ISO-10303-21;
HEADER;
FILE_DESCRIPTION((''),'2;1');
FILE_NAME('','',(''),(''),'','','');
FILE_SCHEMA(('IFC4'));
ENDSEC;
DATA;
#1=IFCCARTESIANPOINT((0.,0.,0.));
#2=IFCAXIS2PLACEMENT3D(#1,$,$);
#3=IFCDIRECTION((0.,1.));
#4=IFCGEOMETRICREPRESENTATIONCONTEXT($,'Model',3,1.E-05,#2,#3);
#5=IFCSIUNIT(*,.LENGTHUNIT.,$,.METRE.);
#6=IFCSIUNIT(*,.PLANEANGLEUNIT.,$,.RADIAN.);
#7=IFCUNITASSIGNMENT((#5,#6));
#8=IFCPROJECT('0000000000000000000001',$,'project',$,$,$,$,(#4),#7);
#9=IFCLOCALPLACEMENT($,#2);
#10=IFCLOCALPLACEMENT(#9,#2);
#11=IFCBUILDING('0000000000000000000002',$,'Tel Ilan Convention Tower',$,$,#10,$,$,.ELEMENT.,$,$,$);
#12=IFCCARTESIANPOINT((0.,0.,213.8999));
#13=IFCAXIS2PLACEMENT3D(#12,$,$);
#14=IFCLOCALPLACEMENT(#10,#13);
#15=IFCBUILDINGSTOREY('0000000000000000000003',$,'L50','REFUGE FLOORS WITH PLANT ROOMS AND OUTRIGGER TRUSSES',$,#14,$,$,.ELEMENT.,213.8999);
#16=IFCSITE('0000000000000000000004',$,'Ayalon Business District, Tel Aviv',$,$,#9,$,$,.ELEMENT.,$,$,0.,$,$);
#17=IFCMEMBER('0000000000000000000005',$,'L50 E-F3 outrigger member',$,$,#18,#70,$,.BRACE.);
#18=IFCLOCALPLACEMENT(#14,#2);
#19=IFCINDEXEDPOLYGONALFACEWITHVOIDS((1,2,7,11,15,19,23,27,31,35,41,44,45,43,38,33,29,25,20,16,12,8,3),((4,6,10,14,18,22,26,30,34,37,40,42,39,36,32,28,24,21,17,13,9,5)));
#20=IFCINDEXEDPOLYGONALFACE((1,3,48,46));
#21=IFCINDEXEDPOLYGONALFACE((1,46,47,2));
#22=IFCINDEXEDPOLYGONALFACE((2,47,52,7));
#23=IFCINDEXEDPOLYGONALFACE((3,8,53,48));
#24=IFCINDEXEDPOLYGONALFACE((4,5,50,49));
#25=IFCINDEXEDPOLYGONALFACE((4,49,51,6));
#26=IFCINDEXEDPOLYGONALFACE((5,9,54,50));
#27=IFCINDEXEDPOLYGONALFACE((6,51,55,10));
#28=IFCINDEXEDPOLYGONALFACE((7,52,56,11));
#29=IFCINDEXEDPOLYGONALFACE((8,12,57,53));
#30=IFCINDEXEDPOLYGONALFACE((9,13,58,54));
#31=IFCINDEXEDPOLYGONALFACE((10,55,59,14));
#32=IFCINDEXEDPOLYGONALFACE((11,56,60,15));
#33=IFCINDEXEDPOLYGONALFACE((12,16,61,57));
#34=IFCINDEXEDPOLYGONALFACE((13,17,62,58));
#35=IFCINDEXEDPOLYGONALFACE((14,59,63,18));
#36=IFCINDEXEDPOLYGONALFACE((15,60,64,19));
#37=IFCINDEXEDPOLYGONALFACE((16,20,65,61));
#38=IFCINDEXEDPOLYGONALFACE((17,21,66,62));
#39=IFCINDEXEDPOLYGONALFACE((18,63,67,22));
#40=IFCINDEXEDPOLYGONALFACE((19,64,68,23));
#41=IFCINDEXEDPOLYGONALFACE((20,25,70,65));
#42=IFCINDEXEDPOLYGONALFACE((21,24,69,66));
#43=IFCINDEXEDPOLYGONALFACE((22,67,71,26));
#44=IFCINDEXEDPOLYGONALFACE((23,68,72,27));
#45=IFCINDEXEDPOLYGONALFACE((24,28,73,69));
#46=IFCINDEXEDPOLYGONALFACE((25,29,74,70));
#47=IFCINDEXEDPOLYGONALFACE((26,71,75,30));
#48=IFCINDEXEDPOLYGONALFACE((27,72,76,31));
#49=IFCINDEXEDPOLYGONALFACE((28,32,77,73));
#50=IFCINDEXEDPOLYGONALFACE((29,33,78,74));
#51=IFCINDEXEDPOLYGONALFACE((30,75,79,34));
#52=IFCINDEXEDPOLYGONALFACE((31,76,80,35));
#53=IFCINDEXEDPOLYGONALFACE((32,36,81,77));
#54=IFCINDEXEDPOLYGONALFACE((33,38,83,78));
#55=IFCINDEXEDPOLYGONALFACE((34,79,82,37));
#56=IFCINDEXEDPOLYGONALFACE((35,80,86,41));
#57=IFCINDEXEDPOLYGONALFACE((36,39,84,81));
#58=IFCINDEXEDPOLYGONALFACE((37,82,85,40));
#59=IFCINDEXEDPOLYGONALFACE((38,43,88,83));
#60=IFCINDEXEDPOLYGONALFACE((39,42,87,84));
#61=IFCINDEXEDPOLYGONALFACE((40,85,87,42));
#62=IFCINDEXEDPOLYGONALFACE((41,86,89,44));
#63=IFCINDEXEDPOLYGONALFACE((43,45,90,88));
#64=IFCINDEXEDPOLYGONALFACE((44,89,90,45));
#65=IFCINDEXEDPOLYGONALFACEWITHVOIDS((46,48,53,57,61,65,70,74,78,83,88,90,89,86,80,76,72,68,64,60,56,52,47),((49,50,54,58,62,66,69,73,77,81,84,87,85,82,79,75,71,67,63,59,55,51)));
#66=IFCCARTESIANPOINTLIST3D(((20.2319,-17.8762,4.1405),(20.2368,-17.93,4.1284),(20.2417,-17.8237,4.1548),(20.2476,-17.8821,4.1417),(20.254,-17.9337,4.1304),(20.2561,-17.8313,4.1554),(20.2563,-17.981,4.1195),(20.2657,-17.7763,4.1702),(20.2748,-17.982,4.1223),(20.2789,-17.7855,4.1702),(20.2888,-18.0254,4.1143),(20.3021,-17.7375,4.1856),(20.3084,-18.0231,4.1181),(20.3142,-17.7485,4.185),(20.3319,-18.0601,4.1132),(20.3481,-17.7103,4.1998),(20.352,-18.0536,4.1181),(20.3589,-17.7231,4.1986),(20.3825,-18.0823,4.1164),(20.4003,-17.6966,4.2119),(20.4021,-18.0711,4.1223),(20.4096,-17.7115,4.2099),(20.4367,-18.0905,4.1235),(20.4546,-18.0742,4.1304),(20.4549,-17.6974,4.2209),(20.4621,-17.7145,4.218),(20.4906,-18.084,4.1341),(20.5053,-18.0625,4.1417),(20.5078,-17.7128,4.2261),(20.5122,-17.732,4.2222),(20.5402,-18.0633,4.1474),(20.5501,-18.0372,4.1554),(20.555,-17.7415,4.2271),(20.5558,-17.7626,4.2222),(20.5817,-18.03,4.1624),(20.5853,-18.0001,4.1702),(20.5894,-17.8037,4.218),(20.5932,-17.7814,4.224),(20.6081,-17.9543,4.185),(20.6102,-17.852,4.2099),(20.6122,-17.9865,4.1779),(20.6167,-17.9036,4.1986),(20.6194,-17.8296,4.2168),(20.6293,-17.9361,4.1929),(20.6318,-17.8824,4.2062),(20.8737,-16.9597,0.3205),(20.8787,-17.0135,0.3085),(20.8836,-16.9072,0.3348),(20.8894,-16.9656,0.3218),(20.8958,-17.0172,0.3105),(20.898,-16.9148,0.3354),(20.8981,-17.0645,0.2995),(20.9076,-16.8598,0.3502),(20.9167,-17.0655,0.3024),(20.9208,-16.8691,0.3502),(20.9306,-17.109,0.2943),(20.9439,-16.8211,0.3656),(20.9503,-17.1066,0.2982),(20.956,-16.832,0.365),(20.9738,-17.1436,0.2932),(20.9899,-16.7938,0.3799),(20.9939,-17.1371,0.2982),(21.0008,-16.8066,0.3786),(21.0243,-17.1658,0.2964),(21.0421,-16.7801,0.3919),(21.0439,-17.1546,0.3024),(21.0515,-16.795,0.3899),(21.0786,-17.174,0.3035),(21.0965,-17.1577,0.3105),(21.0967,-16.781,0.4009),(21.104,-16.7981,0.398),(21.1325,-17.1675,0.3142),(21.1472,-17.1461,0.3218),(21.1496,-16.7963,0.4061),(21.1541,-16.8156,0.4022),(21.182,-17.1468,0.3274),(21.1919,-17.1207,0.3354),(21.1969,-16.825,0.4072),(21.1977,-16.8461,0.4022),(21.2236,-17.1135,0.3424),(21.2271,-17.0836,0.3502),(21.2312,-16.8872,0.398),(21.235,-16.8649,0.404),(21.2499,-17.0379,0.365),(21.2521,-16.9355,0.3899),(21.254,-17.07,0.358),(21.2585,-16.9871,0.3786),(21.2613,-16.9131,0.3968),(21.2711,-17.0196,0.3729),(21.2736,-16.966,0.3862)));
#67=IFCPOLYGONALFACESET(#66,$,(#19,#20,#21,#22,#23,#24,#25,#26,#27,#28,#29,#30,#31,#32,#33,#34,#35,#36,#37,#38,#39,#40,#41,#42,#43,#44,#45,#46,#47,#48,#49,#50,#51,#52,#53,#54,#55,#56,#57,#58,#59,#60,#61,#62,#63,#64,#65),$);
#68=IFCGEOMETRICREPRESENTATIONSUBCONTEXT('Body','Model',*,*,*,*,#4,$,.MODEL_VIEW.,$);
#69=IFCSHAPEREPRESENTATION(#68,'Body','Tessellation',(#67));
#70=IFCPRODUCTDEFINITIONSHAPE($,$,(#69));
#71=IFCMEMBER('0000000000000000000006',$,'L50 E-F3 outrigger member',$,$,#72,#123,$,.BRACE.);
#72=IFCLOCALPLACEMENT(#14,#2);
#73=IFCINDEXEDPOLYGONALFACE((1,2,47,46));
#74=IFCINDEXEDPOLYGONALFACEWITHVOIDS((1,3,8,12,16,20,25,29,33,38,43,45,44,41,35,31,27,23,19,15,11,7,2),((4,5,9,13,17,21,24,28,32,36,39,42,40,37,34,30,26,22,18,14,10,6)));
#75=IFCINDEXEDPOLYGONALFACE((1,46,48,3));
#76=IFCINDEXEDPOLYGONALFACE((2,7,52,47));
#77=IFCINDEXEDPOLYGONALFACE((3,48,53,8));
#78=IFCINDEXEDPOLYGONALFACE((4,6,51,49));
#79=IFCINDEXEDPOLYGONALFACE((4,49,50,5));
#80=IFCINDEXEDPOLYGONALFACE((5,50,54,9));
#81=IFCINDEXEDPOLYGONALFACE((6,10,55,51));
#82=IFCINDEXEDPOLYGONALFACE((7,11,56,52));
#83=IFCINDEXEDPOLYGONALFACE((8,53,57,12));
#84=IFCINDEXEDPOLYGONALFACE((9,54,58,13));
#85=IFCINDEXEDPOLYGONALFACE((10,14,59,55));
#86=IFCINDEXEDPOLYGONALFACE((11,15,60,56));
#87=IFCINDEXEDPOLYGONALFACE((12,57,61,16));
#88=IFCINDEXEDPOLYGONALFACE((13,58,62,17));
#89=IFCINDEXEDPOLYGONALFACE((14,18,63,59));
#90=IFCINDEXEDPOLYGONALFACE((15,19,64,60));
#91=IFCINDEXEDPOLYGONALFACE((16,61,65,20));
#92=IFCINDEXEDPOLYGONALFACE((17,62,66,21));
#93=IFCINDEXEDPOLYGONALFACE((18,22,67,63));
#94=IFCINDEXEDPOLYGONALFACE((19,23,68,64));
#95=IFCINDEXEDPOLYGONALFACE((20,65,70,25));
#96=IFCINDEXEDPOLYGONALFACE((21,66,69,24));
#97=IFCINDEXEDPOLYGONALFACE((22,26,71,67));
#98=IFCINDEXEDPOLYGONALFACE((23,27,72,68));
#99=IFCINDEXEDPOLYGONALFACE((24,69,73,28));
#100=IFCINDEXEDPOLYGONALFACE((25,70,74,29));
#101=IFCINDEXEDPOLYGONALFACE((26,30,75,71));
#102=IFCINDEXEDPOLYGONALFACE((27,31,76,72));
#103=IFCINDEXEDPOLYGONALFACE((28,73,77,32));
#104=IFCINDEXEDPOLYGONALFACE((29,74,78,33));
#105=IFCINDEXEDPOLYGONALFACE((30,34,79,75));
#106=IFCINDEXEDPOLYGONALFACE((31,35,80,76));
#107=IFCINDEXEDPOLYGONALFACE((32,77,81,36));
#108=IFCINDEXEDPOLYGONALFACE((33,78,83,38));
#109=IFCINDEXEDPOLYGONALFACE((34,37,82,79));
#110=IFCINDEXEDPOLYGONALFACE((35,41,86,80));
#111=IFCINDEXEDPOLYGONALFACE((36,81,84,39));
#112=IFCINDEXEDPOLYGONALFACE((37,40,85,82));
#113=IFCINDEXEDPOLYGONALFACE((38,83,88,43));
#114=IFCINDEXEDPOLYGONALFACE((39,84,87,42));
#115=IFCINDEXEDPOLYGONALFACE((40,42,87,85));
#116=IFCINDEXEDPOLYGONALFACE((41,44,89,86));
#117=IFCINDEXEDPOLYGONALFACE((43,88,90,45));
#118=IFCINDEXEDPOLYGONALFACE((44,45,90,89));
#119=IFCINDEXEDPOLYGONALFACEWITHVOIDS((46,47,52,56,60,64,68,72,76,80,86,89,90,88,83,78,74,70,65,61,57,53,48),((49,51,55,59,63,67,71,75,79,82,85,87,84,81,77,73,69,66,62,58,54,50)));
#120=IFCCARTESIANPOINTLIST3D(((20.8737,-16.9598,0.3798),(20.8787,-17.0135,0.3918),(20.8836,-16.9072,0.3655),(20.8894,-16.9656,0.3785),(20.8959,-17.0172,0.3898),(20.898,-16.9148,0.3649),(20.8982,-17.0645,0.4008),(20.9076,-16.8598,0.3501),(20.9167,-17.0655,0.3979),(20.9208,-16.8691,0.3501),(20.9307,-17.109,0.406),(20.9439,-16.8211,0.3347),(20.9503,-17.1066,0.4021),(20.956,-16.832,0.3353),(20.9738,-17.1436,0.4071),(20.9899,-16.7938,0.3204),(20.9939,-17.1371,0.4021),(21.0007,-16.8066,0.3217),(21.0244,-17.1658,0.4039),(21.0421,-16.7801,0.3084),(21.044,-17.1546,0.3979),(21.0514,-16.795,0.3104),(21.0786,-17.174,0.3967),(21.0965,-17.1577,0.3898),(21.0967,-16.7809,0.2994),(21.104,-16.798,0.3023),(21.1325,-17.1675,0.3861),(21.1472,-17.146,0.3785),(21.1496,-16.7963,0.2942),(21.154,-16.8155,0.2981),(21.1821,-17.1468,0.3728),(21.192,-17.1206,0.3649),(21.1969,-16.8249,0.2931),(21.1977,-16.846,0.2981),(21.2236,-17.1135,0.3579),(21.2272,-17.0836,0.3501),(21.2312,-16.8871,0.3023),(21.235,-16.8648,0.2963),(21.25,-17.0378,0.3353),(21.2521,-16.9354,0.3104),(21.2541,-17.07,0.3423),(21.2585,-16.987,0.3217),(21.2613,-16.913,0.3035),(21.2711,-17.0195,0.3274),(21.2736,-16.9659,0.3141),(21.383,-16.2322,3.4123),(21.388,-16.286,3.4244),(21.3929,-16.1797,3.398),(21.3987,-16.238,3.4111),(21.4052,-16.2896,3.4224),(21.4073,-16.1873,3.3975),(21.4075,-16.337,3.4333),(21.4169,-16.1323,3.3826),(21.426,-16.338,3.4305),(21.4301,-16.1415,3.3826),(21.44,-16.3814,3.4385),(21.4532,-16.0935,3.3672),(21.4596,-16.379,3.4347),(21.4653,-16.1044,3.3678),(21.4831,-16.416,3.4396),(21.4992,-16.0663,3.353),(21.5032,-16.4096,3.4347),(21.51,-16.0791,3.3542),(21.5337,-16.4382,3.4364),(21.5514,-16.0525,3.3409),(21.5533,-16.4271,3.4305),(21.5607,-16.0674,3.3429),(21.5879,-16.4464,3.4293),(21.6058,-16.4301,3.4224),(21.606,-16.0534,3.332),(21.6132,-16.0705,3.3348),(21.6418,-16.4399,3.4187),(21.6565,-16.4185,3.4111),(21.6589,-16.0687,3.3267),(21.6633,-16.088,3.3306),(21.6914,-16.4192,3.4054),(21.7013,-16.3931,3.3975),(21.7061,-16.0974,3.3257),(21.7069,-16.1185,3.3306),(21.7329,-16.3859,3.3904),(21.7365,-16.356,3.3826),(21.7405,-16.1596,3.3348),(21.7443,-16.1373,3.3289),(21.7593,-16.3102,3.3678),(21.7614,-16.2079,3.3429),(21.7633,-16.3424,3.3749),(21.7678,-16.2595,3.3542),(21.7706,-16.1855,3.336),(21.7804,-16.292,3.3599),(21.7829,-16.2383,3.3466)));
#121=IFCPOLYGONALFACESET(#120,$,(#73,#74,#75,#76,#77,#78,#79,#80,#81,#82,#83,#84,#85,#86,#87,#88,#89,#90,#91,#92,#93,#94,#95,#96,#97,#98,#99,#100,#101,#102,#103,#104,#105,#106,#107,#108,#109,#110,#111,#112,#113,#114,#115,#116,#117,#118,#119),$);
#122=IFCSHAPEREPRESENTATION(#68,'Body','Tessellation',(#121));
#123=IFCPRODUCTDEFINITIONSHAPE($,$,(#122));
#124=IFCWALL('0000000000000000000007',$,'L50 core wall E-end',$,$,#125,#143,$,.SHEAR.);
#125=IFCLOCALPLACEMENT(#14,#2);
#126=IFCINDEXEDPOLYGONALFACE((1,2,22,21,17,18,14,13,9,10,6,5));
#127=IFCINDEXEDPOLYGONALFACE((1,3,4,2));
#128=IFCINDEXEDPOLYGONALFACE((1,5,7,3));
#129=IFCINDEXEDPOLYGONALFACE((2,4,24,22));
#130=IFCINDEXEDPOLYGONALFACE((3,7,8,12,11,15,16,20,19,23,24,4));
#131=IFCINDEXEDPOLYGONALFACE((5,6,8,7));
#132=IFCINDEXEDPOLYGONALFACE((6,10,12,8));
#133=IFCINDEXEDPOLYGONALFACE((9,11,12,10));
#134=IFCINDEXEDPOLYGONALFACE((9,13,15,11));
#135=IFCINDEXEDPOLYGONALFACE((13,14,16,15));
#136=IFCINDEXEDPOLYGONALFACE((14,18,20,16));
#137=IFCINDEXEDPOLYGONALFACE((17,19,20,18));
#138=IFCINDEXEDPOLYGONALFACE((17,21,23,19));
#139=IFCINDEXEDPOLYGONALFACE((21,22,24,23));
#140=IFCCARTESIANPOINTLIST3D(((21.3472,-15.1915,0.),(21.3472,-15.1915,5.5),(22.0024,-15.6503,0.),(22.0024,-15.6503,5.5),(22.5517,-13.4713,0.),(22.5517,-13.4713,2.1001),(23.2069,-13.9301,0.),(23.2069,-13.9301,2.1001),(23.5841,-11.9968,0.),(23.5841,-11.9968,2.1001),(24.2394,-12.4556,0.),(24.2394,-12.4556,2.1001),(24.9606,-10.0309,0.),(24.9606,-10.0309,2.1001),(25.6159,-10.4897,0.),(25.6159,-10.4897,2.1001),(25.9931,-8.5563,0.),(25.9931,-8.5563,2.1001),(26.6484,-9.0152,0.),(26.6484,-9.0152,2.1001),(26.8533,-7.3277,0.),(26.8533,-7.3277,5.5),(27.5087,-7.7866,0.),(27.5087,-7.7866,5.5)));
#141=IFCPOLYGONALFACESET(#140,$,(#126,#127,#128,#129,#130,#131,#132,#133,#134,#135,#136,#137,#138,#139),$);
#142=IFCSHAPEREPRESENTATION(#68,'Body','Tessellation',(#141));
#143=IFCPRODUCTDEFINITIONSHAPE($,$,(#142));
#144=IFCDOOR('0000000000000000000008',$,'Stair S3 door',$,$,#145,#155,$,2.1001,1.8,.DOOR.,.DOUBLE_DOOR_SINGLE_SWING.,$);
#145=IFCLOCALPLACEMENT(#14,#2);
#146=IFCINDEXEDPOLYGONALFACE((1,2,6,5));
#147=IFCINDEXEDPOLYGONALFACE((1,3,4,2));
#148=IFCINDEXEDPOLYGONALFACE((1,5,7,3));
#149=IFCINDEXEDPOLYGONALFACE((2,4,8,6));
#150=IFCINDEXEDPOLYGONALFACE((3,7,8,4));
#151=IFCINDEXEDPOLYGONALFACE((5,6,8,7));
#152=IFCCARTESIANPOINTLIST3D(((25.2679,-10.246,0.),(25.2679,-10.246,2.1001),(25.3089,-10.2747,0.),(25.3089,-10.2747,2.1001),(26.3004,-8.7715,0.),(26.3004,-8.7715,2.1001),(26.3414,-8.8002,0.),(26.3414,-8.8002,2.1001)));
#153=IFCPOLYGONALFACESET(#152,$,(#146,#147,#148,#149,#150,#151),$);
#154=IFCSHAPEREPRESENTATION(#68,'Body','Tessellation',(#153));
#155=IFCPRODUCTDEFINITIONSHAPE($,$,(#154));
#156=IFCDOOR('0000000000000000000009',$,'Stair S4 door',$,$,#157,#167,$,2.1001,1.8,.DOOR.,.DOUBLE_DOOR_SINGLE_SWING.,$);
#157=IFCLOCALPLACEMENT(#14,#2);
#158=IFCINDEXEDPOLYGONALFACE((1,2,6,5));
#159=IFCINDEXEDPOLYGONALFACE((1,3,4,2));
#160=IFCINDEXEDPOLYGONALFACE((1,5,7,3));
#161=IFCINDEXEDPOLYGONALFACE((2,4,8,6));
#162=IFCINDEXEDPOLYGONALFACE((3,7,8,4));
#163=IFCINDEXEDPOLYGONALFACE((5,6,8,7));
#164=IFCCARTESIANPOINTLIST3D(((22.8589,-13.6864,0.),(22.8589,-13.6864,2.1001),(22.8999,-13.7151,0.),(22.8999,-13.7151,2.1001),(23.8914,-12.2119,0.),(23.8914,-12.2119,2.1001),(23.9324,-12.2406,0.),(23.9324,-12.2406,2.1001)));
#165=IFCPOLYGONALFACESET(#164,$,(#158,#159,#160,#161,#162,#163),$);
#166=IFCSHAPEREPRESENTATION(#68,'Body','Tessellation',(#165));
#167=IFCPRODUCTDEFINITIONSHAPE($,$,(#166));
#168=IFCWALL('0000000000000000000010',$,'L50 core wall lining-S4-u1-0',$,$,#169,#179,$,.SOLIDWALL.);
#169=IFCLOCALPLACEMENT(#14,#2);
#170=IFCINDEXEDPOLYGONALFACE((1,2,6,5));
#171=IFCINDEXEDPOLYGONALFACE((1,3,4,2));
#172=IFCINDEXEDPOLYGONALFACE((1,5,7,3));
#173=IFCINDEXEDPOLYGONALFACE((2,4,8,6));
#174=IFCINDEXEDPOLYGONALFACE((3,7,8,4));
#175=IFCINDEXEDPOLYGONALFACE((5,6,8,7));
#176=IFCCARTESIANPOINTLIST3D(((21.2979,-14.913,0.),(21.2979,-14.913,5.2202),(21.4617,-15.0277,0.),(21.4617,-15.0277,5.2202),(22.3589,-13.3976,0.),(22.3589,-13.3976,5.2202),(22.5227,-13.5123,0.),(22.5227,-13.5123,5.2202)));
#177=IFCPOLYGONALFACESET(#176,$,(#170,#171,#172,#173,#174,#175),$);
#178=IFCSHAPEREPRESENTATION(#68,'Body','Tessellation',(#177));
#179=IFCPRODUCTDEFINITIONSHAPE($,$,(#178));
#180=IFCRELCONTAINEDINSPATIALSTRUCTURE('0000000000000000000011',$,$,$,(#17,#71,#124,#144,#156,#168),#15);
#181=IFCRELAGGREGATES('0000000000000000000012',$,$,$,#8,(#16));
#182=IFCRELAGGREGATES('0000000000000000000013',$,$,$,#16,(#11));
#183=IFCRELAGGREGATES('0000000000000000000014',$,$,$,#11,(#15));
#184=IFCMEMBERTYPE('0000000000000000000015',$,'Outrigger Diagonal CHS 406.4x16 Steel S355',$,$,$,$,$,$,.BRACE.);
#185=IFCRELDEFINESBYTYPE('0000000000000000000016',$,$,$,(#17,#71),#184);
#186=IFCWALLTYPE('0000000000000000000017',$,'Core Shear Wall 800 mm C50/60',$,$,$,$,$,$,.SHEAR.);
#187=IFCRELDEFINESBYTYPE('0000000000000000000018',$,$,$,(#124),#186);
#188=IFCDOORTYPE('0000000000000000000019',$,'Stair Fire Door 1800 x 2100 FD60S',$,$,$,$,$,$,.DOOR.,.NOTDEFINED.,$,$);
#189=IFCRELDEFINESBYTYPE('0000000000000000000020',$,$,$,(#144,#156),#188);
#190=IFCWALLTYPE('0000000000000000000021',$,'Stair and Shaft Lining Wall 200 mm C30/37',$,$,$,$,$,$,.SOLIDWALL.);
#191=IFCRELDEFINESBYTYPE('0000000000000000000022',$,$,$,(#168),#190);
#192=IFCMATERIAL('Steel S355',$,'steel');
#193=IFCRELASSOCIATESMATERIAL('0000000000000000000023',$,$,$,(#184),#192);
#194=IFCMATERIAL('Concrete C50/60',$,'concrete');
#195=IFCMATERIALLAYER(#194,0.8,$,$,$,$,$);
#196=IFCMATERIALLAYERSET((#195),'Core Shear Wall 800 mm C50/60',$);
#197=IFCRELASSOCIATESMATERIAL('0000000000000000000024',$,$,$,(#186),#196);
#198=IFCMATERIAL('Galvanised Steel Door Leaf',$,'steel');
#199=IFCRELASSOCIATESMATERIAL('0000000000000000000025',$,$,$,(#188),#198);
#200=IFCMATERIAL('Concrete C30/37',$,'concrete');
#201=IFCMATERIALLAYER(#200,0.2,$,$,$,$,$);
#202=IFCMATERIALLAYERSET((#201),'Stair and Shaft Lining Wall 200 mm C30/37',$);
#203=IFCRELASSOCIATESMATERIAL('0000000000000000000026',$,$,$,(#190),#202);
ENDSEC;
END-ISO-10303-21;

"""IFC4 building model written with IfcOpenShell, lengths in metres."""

from ifc_helpers import new_model, si_unit, direction, frame, frame_2d, origin, origin_2d, place, context, subcontext, project, spatial, polyline, rectangle, hollow_circle, outline, extrude, material, layer, layer_set, material_profile, profile_set, type_object, element, fill, save


model = new_model("IFC4")

# Units and contexts
model_context = context("Model", 3, precision=1e-05, world=origin(), true_north=direction((0.0, 1.0)))
body_context = subcontext(model_context, "Body", "Model", "MODEL_VIEW")
ifc_project = project(units=[si_unit("LENGTHUNIT", "METRE"), si_unit("PLANEANGLEUNIT", "RADIAN")], contexts=[model_context])

# Site, building, storey
site_placement = place(None, origin())
site = spatial("IfcSite", under=ifc_project, at=site_placement, Name="Ayalon Business District, Tel Aviv", CompositionType="ELEMENT", RefElevation=0.0)
building_placement = place(site_placement, origin())
building = spatial("IfcBuilding", under=site, at=building_placement, Name="Tel Ilan Convention Tower", CompositionType="ELEMENT")
storey_placement = place(building_placement, frame((0.0, 0.0, 213.8999)))
storey = spatial("IfcBuildingStorey", under=building, at=storey_placement, Name="L50", Description="REFUGE FLOORS WITH PLANT ROOMS AND OUTRIGGER TRUSSES", CompositionType="ELEMENT", Elevation=213.8999)

# Members
ifc_material_1 = material(Name="Steel S355", Category="steel")
ifc_material_profile_1 = material_profile(ifc_material_1, hollow_circle(Radius=0.2031, WallThickness=0.0161, at=origin_2d()), Name="CHS 406.4x16")
ifc_profile_set_1 = profile_set([ifc_material_profile_1], Name="Steel S355")
member_type_1 = type_object("IfcMemberType", Name="Outrigger Diagonal CHS 406.4x16 Steel S355", PredefinedType="BRACE", material=ifc_profile_set_1)
for number, where, z_axis, x_axis, name in (
    (1, (20.4321, -17.8928, 4.1702), (0.161245, 0.230245, -0.959681), (-0.819109, 0.573638, 0.0), "L50 E-F3 outrigger member"),
):
    element("IfcMember", number, at=place(storey_placement, frame(where, z_axis=z_axis, x_axis=x_axis)), inside=storey, type_object=member_type_1, Name=name, PredefinedType="BRACE", context=body_context, shape_type="SweptSolid", body=[
        extrude(hollow_circle(Radius=0.2031, WallThickness=0.0161, at=origin_2d()), origin(), (0.0, 0.0, 1.0), 3.9805),
    ])
member_1_placement = place(storey_placement, frame((21.074, -16.9763, 0.3501), z_axis=(0.161172, 0.230246, 0.959693), x_axis=(-0.819232, 0.573462, 0.0)))
element("IfcMember", 2, at=member_1_placement, inside=storey, type_object=member_type_1, Name="L50 E-F3 outrigger member", PredefinedType="BRACE", context=body_context, shape_type="SweptSolid", body=[
    extrude(hollow_circle(Radius=0.2031, WallThickness=0.0161, at=origin_2d()), origin(), (0.0, 0.0, 1.0), 3.1599),
])

# Wall, openings, doors
ifc_material_2 = material(Name="Concrete C50/60", Category="concrete")
ifc_layer_1 = layer(ifc_material_2, 0.8)
ifc_layer_set_1 = layer_set([ifc_layer_1], Name="Core Shear Wall 800 mm C50/60")
wall_type_1 = type_object("IfcWallType", Name="Core Shear Wall 800 mm C50/60", PredefinedType="SHEAR", material=ifc_layer_set_1)
wall_1_placement = place(storey_placement, frame((21.6748, -15.4209, 0.0), z_axis=(0.0, 0.0, 1.0), x_axis=(0.573582, 0.819148, 0.0)))
wall_1 = element("IfcWall", 3, at=wall_1_placement, inside=storey, type_object=wall_type_1, Name="L50 core wall E-end", PredefinedType="SHEAR", context=body_context, shape_type="SweptSolid", body=[
    extrude(outline(polyline([(9.5999, 0.4001), (0.0, 0.3999), (0.0, -0.3999), (9.5999, -0.3999), (9.5999, 0.4001)])), origin(), (0.0, 0.0, 1.0), 5.5),
])
opening_1_placement = place(wall_1_placement, frame((6.3, 0.0, 0.0)))
opening_1 = element("IfcOpeningElement", 4, at=opening_1_placement, cuts=wall_1, PredefinedType="OPENING", context=body_context, shape_type="SweptSolid", body=[
    extrude(rectangle(XDim=1.8, YDim=2.1001, at=frame_2d((0.8999, 1.05))), frame((0.0, 0.4099, 0.0), z_axis=(0.0, -1.0, 0.0), x_axis=(1.0, 0.0, 0.0)), (0.0, 0.0, 1.0), 0.8201),
])
opening_2_placement = place(wall_1_placement, frame((2.1001, 0.0, 0.0)))
opening_2 = element("IfcOpeningElement", 5, at=opening_2_placement, cuts=wall_1, PredefinedType="OPENING", context=body_context, shape_type="SweptSolid", body=[
    extrude(rectangle(XDim=1.8, YDim=2.1001, at=frame_2d((0.8999, 1.05))), frame((0.0, 0.4099, 0.0), z_axis=(0.0, -1.0, 0.0), x_axis=(1.0, 0.0, 0.0)), (0.0, 0.0, 1.0), 0.8201),
])
ifc_material_3 = material(Name="Galvanised Steel Door Leaf", Category="steel")
door_type = type_object("IfcDoorType", Name="Stair Fire Door 1800 x 2100 FD60S", OperationType="NOTDEFINED", PredefinedType="DOOR", material=ifc_material_3)
door_1_placement = place(opening_1_placement, origin())
door_1 = element("IfcDoor", 6, at=door_1_placement, inside=storey, type_object=door_type, Name="Stair S3 door", OperationType="DOUBLE_DOOR_SINGLE_SWING", OverallHeight=2.1001, OverallWidth=1.8, PredefinedType="DOOR", context=body_context, shape_type="SweptSolid", body=[
    extrude(rectangle(XDim=1.8, YDim=2.1001, at=frame_2d((0.8999, 1.05))), frame((0.0, 0.0249, 0.0), z_axis=(0.0, -1.0, 0.0), x_axis=(1.0, 0.0, 0.0)), (0.0, 0.0, 1.0), 0.05),
])
fill(opening_1, door_1)
door_2_placement = place(opening_2_placement, origin())
door_2 = element("IfcDoor", 7, at=door_2_placement, inside=storey, type_object=door_type, Name="Stair S4 door", OperationType="DOUBLE_DOOR_SINGLE_SWING", OverallHeight=2.1001, OverallWidth=1.8, PredefinedType="DOOR", context=body_context, shape_type="SweptSolid", body=[
    extrude(rectangle(XDim=1.8, YDim=2.1001, at=frame_2d((0.8999, 1.05))), frame((0.0, 0.0249, 0.0), z_axis=(0.0, -1.0, 0.0), x_axis=(1.0, 0.0, 0.0)), (0.0, 0.0, 1.0), 0.05),
])
fill(opening_2, door_2)

# Wall
ifc_material_4 = material(Name="Concrete C30/37", Category="concrete")
ifc_layer_2 = layer(ifc_material_4, 0.2)
ifc_layer_set_2 = layer_set([ifc_layer_2], Name="Stair and Shaft Lining Wall 200 mm C30/37")
wall_type_2 = type_object("IfcWallType", Name="Stair and Shaft Lining Wall 200 mm C30/37", PredefinedType="SOLIDWALL", material=ifc_layer_set_2)
wall_2_placement = place(storey_placement, frame((21.3799, -14.9702, 0.0), z_axis=(0.0, 0.0, 1.0), x_axis=(0.57356, 0.819164, 0.0)))
element("IfcWall", 8, at=wall_2_placement, inside=storey, type_object=wall_type_2, Name="L50 core wall lining-S4-u1-0", PredefinedType="SOLIDWALL", context=body_context, shape_type="SweptSolid", body=[
    extrude(rectangle(XDim=1.8499, YDim=0.2, at=frame_2d((0.9248, 0.0))), origin(), (0.0, 0.0, 1.0), 5.2202),
])

save(model, "model.ifc")
